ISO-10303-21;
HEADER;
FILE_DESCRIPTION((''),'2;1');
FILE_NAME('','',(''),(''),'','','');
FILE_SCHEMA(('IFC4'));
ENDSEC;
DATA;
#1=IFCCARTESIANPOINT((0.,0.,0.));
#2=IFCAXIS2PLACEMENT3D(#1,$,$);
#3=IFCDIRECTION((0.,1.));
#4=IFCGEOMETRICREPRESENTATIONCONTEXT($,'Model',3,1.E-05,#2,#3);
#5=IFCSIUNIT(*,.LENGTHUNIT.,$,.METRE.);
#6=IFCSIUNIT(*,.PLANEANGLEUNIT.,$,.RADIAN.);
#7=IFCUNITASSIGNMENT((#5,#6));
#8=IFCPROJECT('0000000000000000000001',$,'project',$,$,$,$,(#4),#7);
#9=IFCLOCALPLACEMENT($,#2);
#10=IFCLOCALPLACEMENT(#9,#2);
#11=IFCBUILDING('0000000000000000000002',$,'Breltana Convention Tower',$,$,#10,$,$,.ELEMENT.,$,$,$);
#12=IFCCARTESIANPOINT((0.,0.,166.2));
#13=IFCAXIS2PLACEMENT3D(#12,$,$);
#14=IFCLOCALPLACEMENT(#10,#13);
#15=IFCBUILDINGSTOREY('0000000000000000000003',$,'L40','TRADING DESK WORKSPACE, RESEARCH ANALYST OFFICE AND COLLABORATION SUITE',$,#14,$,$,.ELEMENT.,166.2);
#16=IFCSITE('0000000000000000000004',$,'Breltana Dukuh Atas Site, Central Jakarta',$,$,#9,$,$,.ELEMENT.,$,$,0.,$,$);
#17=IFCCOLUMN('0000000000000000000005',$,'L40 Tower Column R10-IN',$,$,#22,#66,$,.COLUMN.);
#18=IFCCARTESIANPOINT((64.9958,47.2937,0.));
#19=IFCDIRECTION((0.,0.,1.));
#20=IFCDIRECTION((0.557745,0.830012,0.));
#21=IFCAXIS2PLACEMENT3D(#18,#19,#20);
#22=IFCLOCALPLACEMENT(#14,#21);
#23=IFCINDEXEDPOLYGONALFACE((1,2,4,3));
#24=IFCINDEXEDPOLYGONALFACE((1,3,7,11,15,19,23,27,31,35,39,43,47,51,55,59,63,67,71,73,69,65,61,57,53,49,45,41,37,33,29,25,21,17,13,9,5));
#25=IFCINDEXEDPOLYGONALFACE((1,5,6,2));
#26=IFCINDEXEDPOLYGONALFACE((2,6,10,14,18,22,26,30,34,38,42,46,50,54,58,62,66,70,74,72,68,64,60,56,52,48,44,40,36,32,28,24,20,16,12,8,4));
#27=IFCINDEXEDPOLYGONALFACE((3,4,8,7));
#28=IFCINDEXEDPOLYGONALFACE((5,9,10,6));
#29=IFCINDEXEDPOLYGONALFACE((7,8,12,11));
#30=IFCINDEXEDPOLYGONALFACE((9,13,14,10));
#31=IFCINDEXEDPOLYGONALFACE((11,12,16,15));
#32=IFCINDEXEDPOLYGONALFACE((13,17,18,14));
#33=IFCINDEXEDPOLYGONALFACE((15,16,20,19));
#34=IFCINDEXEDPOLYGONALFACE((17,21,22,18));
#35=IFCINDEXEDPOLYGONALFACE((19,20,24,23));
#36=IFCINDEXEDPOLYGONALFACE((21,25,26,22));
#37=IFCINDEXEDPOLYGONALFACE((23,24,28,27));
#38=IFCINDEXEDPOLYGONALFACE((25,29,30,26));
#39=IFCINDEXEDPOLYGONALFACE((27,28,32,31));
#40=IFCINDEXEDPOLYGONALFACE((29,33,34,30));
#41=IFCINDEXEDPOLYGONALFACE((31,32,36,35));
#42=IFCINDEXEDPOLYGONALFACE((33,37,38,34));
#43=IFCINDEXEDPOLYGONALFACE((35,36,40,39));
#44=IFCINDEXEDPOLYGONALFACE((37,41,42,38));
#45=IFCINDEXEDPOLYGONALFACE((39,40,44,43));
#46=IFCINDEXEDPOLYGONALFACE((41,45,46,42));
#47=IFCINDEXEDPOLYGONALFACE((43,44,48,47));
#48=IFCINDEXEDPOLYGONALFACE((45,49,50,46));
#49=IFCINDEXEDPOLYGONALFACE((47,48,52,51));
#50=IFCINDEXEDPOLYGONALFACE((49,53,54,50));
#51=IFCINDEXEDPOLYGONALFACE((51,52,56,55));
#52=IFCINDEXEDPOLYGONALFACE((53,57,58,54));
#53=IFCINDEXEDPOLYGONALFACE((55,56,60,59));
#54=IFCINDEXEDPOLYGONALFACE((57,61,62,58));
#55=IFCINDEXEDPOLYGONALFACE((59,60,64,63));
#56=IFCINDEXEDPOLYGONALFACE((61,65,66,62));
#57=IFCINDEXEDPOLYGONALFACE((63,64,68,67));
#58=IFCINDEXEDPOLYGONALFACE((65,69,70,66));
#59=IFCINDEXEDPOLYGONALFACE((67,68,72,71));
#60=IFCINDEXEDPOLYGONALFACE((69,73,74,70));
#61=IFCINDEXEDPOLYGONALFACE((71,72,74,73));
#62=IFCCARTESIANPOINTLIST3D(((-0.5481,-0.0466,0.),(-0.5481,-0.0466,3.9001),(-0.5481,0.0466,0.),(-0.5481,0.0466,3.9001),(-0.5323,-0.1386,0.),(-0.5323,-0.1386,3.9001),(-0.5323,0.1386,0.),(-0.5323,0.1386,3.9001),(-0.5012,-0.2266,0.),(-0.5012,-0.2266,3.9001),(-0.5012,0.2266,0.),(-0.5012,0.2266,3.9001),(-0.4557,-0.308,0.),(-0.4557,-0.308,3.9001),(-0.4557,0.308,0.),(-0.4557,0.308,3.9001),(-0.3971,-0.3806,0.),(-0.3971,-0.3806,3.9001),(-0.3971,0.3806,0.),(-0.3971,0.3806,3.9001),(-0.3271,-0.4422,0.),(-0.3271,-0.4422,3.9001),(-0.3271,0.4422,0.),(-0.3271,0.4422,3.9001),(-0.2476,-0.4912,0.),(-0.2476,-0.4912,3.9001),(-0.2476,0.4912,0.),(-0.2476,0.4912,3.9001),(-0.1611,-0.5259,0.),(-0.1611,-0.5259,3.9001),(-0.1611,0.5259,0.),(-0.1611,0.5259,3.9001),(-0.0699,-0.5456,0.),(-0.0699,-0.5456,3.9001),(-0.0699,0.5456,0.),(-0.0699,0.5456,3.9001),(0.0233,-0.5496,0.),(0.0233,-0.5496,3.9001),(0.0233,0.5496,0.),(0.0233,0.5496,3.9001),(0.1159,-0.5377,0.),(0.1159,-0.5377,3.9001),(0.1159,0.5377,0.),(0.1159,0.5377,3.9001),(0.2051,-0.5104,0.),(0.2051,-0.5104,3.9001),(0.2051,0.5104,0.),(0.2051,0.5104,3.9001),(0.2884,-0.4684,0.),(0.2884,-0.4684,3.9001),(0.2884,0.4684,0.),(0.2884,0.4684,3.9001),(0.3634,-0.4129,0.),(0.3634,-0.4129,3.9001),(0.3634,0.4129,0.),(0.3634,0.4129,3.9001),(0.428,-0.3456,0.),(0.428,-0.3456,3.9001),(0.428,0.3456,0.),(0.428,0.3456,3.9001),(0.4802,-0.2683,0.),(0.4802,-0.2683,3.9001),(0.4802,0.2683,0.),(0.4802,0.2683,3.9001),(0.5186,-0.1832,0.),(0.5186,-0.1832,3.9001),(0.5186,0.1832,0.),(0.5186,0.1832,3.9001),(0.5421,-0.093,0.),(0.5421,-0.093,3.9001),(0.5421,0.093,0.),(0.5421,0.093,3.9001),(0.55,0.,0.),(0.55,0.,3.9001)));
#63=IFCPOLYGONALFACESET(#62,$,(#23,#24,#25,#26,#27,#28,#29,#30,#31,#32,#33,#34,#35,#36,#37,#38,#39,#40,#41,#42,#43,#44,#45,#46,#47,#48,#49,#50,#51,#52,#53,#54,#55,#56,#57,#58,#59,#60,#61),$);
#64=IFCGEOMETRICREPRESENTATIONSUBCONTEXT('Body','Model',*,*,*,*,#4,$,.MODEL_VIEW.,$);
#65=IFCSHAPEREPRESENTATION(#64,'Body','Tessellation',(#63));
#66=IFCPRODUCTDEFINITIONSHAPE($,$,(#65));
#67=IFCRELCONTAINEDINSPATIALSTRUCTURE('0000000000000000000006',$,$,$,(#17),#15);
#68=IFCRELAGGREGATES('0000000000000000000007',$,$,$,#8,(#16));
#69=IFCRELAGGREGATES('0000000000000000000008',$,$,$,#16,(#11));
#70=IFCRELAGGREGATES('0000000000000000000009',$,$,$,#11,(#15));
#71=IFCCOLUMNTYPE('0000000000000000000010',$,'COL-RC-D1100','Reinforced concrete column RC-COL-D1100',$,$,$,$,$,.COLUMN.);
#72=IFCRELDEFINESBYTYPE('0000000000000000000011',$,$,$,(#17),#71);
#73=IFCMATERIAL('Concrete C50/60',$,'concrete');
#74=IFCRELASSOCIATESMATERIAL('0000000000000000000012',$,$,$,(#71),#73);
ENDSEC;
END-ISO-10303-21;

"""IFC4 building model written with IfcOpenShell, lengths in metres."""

from ifc_helpers import new_model, si_unit, direction, frame, origin, origin_2d, place, context, subcontext, project, spatial, circle, extrude, source, transform, mapped, material, material_profile, profile_set, type_object, element, save


model = new_model("IFC4")

# Units and contexts
model_context = context("Model", 3, precision=1e-05, world=origin(), true_north=direction((0.0, 1.0)))
body_context = subcontext(model_context, "Body", "Model", "MODEL_VIEW")
ifc_project = project(units=[si_unit("LENGTHUNIT", "METRE"), si_unit("PLANEANGLEUNIT", "RADIAN")], contexts=[model_context])

# Site, building, storey
site_placement = place(None, origin())
site = spatial("IfcSite", under=ifc_project, at=site_placement, Name="Breltana Dukuh Atas Site, Central Jakarta", CompositionType="ELEMENT", RefElevation=0.0)
building_placement = place(site_placement, origin())
building = spatial("IfcBuilding", under=site, at=building_placement, Name="Breltana Convention Tower", CompositionType="ELEMENT")
storey_placement = place(building_placement, frame((0.0, 0.0, 166.2)))
storey = spatial("IfcBuildingStorey", under=building, at=storey_placement, Name="L40", Description="TRADING DESK WORKSPACE, RESEARCH ANALYST OFFICE AND COLLABORATION SUITE", CompositionType="ELEMENT", Elevation=166.2)

# Column
ifc_material_1 = material(Name="Concrete C50/60", Category="concrete")
ifc_material_profile_1 = material_profile(ifc_material_1, circle(Radius=0.55, at=origin_2d()), Name="RC-COL-D1100")
ifc_profile_set_1 = profile_set([ifc_material_profile_1], Name="Concrete C50/60")
column_type_1 = type_object("IfcColumnType", Name="COL-RC-D1100", Description="Reinforced concrete column RC-COL-D1100", PredefinedType="COLUMN", material=ifc_profile_set_1)
shared_shape_1 = source(origin(), body_context, "Body", "SweptSolid", [
    extrude(circle(Radius=0.55, at=origin_2d()), origin(), (0.0, 0.0, 1.0), 3.9001),
])
column_1_placement = place(storey_placement, frame((64.9958, 47.2937, 0.0), z_axis=(0.0, 0.0, 1.0), x_axis=(0.557745, 0.830012, 0.0)))
element("IfcColumn", 1, at=column_1_placement, inside=storey, type_object=column_type_1, Name="L40 Tower Column R10-IN", PredefinedType="COLUMN", context=body_context, shape_type="MappedRepresentation", body=[
    mapped(shared_shape_1, transform((0.0, 0.0, 0.0), scale=1.0)),
])

save(model, "model.ifc")
